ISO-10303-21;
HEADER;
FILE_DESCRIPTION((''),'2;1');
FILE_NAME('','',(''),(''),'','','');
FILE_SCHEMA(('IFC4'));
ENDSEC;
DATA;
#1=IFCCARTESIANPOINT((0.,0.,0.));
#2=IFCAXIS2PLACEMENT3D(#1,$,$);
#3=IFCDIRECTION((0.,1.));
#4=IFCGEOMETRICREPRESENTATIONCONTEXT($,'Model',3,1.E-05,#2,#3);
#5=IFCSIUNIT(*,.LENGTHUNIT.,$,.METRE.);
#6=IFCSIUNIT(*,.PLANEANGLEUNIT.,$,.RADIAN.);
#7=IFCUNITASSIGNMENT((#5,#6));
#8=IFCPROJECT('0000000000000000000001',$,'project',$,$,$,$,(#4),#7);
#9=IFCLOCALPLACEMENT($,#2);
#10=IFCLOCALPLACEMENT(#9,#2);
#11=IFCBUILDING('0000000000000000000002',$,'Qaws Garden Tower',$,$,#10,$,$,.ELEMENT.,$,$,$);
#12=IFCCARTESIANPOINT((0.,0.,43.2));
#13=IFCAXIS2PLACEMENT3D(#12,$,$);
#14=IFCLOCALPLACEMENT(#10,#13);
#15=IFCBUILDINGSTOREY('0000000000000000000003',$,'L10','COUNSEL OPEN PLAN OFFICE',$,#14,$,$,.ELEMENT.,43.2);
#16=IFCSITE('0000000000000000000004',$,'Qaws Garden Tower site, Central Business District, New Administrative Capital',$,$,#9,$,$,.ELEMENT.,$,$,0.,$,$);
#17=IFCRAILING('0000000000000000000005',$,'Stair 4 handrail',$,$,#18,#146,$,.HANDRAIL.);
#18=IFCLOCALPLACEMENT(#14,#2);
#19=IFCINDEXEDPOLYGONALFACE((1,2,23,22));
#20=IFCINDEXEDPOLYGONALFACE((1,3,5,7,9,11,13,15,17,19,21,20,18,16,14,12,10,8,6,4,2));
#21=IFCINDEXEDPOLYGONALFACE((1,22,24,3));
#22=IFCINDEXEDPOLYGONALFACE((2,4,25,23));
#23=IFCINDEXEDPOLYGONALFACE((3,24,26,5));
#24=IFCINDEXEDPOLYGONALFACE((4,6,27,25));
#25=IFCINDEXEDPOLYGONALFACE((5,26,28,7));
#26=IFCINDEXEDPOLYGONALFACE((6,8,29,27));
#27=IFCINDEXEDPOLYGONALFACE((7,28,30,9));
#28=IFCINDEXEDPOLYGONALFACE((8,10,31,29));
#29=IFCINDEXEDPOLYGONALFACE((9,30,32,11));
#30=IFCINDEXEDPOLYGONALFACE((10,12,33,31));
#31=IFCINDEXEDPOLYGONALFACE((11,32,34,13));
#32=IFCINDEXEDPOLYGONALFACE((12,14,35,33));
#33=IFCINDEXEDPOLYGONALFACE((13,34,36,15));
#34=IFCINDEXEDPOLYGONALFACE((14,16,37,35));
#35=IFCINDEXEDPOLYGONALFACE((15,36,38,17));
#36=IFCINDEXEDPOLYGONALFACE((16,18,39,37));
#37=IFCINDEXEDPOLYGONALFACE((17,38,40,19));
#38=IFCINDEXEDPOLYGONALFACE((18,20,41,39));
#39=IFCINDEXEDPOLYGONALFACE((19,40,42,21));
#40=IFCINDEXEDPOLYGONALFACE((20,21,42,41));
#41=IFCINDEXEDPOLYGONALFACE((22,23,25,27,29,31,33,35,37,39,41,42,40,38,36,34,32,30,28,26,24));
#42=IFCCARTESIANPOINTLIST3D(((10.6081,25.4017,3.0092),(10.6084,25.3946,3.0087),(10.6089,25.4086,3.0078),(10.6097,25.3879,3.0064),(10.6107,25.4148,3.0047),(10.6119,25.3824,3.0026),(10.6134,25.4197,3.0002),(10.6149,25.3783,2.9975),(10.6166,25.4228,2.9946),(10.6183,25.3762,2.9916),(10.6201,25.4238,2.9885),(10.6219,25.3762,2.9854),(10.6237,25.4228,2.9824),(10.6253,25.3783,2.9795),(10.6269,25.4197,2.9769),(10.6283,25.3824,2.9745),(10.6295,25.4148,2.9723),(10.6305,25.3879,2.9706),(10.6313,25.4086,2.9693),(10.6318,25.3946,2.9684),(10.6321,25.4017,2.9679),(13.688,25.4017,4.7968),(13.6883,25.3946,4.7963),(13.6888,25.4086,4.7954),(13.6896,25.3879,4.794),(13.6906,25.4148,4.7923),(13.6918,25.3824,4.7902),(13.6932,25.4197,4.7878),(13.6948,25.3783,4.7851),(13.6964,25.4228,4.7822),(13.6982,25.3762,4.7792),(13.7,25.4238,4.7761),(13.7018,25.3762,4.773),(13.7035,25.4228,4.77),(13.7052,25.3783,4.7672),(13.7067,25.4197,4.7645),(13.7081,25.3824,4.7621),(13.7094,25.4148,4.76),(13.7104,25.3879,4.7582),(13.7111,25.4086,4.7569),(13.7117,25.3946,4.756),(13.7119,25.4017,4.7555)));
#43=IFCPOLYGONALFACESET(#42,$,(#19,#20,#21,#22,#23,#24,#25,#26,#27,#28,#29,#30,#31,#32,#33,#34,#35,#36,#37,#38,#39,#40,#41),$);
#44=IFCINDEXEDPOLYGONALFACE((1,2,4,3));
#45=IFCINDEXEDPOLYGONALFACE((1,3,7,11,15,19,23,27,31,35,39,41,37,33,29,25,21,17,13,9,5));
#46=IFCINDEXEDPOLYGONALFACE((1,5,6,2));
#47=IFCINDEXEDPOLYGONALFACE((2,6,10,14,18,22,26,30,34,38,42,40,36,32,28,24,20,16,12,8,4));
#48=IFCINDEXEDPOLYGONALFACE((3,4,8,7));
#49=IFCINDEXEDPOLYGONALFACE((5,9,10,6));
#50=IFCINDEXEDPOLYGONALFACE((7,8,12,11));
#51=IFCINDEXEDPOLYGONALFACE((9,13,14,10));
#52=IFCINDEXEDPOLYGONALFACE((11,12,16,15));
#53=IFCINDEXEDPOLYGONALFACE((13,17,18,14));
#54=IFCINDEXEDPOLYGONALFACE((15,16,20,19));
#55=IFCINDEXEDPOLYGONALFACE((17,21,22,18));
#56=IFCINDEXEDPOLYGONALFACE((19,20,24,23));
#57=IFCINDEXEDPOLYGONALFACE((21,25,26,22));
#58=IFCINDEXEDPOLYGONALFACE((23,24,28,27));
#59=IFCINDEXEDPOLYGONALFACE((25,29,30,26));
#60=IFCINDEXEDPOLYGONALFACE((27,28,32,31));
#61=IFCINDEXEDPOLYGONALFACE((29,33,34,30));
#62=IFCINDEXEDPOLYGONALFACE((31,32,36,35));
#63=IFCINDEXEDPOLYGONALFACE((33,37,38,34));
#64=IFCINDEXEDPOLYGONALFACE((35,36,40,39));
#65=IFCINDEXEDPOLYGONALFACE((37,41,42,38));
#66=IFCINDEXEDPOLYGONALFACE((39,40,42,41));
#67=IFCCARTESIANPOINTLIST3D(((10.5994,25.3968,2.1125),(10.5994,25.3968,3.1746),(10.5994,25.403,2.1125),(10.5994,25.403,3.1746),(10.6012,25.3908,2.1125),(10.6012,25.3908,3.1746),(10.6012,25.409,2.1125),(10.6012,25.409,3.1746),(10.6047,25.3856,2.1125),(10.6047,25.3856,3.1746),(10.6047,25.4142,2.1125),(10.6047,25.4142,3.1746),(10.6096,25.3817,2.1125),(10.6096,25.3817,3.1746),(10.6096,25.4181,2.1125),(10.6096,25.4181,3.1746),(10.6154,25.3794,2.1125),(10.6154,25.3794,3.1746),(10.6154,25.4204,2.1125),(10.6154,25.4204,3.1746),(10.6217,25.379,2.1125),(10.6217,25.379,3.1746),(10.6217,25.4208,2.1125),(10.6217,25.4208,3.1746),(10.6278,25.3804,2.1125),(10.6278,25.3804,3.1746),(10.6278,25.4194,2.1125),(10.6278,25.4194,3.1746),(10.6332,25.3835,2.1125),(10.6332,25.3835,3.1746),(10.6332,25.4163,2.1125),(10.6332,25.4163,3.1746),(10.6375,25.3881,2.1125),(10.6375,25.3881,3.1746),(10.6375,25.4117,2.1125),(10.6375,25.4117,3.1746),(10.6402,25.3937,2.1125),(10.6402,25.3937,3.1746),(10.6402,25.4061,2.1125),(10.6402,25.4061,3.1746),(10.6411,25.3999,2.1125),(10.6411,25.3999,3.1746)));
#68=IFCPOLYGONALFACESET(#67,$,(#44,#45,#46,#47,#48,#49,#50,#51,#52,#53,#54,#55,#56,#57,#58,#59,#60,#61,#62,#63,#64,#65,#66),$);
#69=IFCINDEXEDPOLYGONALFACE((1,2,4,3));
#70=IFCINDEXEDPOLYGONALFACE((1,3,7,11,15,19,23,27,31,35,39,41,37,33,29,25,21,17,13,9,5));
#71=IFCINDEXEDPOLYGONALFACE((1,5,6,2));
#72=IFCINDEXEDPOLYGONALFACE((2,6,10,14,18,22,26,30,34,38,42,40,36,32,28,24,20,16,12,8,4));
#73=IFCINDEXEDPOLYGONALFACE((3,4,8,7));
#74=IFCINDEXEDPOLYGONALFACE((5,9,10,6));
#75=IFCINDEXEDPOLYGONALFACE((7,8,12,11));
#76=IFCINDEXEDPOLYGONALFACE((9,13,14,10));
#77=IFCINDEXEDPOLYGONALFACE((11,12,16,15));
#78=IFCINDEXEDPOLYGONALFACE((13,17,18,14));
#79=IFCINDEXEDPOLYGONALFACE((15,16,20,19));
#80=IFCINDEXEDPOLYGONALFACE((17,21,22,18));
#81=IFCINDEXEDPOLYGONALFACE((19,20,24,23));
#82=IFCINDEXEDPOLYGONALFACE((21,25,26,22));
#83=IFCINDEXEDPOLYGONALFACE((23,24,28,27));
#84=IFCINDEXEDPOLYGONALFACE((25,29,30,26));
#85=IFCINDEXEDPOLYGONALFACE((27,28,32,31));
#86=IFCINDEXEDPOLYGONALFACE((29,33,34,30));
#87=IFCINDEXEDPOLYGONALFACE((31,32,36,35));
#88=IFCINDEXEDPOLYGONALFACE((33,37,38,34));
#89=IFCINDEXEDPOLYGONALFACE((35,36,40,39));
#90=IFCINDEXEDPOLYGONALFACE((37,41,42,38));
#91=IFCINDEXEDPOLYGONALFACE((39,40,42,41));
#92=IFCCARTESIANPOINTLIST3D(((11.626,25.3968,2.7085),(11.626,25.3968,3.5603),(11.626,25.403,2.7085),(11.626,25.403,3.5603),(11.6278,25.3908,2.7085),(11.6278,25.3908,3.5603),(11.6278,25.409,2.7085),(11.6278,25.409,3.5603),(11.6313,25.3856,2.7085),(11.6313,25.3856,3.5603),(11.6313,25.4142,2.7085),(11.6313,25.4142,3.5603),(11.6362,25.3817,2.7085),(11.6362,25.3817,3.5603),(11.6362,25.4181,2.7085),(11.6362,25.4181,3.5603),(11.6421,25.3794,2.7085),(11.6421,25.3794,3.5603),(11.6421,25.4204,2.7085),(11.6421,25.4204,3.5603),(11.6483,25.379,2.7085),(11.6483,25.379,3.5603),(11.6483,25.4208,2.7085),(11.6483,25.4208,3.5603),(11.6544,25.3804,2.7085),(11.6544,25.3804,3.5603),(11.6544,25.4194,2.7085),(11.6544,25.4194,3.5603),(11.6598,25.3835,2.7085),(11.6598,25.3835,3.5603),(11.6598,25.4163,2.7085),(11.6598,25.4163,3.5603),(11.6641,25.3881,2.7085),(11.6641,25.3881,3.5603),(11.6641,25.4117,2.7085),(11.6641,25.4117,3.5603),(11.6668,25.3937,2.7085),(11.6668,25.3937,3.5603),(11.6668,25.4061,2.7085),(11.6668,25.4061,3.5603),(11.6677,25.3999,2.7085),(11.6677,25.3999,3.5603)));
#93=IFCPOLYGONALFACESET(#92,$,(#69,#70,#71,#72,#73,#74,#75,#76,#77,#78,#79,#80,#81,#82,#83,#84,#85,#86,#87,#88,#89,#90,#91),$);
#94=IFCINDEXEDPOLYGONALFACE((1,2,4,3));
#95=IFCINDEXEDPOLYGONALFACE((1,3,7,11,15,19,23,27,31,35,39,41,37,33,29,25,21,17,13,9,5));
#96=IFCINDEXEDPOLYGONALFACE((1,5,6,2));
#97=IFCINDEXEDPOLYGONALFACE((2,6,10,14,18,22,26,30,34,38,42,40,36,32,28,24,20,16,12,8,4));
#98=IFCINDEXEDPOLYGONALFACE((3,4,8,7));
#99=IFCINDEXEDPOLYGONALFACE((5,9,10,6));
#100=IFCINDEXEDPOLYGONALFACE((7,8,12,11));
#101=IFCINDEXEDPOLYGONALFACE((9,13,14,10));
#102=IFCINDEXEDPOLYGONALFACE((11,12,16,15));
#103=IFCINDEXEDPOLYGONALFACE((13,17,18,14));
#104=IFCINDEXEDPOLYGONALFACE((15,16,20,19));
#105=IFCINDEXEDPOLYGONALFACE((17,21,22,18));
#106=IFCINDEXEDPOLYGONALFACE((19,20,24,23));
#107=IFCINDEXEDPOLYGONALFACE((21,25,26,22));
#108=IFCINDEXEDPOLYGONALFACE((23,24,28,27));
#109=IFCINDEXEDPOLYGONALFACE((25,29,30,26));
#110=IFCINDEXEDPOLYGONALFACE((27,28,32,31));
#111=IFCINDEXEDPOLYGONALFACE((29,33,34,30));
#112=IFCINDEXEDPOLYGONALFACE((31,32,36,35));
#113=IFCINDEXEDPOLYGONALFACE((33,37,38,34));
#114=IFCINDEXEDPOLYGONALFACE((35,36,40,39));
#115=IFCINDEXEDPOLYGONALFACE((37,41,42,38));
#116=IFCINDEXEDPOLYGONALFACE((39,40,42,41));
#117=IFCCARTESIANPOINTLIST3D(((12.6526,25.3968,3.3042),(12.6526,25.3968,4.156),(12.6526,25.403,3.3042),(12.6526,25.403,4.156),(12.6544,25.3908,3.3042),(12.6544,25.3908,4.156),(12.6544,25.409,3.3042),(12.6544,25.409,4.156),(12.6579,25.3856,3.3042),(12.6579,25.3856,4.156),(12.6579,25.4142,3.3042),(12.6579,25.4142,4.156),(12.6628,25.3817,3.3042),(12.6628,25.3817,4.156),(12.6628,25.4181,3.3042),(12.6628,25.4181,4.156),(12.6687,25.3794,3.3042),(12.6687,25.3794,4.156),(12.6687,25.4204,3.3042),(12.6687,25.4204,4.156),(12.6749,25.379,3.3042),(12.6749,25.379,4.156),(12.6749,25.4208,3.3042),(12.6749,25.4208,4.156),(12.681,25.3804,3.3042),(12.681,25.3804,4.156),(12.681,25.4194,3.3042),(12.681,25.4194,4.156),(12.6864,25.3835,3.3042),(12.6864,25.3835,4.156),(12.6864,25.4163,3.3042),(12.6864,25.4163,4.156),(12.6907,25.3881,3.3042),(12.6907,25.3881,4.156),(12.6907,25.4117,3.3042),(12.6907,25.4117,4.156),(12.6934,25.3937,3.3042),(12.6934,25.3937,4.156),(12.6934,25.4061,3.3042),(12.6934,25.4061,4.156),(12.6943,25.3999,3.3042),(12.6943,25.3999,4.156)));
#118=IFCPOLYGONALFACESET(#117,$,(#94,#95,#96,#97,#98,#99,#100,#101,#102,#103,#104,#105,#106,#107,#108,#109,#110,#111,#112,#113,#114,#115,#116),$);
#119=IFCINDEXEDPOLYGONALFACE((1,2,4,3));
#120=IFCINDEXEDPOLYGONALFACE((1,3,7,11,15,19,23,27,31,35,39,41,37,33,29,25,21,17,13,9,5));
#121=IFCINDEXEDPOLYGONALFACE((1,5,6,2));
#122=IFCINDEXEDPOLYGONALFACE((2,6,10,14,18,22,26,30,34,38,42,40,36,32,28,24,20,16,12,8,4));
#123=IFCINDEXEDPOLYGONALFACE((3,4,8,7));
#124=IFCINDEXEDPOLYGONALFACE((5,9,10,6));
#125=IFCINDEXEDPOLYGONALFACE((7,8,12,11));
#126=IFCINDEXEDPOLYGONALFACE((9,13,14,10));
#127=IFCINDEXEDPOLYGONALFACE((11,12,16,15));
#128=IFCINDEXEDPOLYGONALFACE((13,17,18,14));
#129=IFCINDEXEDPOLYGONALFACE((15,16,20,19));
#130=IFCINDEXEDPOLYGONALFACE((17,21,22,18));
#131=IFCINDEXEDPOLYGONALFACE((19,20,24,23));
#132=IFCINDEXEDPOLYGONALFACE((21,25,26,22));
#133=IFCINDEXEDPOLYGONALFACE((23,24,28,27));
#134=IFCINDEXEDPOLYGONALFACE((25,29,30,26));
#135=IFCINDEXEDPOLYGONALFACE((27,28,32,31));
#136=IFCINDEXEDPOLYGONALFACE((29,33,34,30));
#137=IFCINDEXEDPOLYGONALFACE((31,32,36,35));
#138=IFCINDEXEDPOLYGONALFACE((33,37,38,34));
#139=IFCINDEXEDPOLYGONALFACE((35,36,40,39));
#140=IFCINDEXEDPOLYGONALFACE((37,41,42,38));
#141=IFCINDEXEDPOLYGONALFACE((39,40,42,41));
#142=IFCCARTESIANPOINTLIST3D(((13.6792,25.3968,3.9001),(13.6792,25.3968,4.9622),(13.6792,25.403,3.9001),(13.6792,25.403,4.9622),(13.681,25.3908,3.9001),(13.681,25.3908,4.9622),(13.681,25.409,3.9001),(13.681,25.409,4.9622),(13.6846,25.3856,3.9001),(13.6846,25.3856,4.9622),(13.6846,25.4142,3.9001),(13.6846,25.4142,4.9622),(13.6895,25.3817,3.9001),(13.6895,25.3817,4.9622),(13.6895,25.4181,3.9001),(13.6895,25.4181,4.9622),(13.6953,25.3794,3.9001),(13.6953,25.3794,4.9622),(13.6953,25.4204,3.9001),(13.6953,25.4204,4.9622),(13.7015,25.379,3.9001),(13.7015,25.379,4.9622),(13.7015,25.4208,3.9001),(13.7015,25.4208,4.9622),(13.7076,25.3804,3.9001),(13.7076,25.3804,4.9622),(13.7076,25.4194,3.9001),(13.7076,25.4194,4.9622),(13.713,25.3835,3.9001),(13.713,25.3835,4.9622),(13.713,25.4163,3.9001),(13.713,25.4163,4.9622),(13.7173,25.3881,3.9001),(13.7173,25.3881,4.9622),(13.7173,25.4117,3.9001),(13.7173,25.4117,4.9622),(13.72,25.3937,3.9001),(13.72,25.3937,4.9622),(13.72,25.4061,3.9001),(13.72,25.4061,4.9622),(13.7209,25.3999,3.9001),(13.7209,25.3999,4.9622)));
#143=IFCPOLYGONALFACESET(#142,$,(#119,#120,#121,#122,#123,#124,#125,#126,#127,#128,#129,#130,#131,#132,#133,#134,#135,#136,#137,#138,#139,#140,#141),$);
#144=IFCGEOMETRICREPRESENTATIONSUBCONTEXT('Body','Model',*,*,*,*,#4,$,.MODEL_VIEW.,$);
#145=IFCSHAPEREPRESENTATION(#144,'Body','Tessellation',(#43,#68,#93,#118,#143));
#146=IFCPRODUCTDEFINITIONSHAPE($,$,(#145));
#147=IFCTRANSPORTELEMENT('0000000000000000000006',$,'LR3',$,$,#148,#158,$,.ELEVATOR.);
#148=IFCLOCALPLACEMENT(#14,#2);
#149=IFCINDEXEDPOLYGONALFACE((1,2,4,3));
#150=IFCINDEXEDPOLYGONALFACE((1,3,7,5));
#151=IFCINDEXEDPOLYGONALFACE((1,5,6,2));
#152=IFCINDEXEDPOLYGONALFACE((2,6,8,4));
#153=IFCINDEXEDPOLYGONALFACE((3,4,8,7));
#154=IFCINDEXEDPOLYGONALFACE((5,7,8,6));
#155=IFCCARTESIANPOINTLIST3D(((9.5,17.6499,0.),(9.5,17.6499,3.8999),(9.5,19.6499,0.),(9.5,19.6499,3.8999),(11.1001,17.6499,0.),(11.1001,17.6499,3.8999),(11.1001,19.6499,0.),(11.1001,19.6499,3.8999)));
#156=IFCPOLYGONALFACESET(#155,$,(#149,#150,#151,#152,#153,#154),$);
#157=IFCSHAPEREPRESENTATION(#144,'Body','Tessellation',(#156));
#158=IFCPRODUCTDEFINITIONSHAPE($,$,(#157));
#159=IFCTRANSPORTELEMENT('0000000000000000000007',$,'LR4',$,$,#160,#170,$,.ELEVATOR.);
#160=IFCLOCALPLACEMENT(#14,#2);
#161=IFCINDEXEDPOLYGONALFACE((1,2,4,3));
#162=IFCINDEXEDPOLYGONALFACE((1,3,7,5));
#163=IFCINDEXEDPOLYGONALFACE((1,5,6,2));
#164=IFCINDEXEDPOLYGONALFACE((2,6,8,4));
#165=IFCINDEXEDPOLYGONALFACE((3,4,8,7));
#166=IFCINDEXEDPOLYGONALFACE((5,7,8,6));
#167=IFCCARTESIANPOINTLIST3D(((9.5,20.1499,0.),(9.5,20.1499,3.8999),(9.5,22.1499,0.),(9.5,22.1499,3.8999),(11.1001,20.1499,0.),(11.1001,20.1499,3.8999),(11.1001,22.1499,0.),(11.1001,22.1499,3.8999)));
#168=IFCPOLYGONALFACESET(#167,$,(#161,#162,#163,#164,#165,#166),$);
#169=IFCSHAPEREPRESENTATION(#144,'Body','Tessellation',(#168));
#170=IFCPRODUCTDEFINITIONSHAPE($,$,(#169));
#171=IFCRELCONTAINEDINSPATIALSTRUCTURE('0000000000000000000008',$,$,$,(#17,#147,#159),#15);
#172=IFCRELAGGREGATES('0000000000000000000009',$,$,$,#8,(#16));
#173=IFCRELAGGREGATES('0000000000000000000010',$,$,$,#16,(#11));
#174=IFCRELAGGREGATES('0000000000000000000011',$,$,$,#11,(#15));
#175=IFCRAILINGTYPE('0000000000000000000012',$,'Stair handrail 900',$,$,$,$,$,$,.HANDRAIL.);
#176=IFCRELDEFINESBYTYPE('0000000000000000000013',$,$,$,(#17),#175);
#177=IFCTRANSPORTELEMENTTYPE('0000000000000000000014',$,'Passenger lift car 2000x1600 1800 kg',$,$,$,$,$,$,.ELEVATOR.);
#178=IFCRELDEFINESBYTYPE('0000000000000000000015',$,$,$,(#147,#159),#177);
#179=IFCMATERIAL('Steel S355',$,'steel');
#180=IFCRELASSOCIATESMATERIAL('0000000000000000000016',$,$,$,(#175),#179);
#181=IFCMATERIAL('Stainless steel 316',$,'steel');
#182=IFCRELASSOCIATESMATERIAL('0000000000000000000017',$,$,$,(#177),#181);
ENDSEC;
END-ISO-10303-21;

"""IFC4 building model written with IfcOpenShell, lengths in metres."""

from ifc_helpers import new_model, si_unit, direction, frame, origin, origin_2d, place, context, subcontext, project, spatial, rectangle, circle, extrude, material, type_object, element, save


model = new_model("IFC4")

# Units and contexts
model_context = context("Model", 3, precision=1e-05, world=origin(), true_north=direction((0.0, 1.0)))
body_context = subcontext(model_context, "Body", "Model", "MODEL_VIEW")
ifc_project = project(units=[si_unit("LENGTHUNIT", "METRE"), si_unit("PLANEANGLEUNIT", "RADIAN")], contexts=[model_context])

# Site, building, storey
site_placement = place(None, origin())
site = spatial("IfcSite", under=ifc_project, at=site_placement, Name="Qaws Garden Tower site, Central Business District, New Administrative Capital", CompositionType="ELEMENT", RefElevation=0.0)
building_placement = place(site_placement, origin())
building = spatial("IfcBuilding", under=site, at=building_placement, Name="Qaws Garden Tower", CompositionType="ELEMENT")
storey_placement = place(building_placement, frame((0.0, 0.0, 43.2)))
storey = spatial("IfcBuildingStorey", under=building, at=storey_placement, Name="L10", Description="COUNSEL OPEN PLAN OFFICE", CompositionType="ELEMENT", Elevation=43.2)

# Railing
ifc_material_1 = material(Name="Steel S355", Category="steel")
railing_type = type_object("IfcRailingType", Name="Stair handrail 900", PredefinedType="HANDRAIL", material=ifc_material_1)
railing_1_placement = place(storey_placement, frame((10.6201, 25.3999, 2.1125)))
element("IfcRailing", 1, at=railing_1_placement, inside=storey, type_object=railing_type, Name="Stair 4 handrail", PredefinedType="HANDRAIL", context=body_context, shape_type="SweptSolid", body=[
    extrude(circle(Radius=0.0239, at=origin_2d()), frame((0.0, 0.0, 0.876), z_axis=(0.864873, 0.0, 0.50199), x_axis=(0.0, 1.0, 0.0)), (0.0, 0.0, 1.0), 3.561),
    extrude(circle(Radius=0.021, at=origin_2d()), origin(), (0.0, 0.0, 1.0), 1.062),
    extrude(circle(Radius=0.021, at=origin_2d()), frame((1.0266, 0.0, 0.5959)), (0.0, 0.0, 1.0), 0.8518),
    extrude(circle(Radius=0.021, at=origin_2d()), frame((2.0532, 0.0, 1.1917)), (0.0, 0.0, 1.0), 0.8518),
    extrude(circle(Radius=0.021, at=origin_2d()), frame((3.0798, 0.0, 1.7876)), (0.0, 0.0, 1.0), 1.062),
])

# Transport elements
ifc_material_2 = material(Name="Stainless steel 316", Category="steel")
transport_element_type = type_object("IfcTransportElementType", Name="Passenger lift car 2000x1600 1800 kg", PredefinedType="ELEVATOR", material=ifc_material_2)
for number, where, z_axis, x_axis, name in (
    (2, (10.3, 18.6499, 0.0), (0.0, 0.0, 1.0), (1.0, 0.0, 0.0), "LR3"),
    (3, (10.3, 21.1499, 0.0), (0.0, 0.0, 1.0), (1.0, 0.0, 0.0), "LR4"),
):
    element("IfcTransportElement", number, at=place(storey_placement, frame(where, z_axis=z_axis, x_axis=x_axis)), inside=storey, type_object=transport_element_type, Name=name, PredefinedType="ELEVATOR", context=body_context, shape_type="SweptSolid", body=[
        extrude(rectangle(XDim=1.6001, YDim=2.0, at=origin_2d()), origin(), (0.0, 0.0, 1.0), 3.8999),
    ])

save(model, "model.ifc")
